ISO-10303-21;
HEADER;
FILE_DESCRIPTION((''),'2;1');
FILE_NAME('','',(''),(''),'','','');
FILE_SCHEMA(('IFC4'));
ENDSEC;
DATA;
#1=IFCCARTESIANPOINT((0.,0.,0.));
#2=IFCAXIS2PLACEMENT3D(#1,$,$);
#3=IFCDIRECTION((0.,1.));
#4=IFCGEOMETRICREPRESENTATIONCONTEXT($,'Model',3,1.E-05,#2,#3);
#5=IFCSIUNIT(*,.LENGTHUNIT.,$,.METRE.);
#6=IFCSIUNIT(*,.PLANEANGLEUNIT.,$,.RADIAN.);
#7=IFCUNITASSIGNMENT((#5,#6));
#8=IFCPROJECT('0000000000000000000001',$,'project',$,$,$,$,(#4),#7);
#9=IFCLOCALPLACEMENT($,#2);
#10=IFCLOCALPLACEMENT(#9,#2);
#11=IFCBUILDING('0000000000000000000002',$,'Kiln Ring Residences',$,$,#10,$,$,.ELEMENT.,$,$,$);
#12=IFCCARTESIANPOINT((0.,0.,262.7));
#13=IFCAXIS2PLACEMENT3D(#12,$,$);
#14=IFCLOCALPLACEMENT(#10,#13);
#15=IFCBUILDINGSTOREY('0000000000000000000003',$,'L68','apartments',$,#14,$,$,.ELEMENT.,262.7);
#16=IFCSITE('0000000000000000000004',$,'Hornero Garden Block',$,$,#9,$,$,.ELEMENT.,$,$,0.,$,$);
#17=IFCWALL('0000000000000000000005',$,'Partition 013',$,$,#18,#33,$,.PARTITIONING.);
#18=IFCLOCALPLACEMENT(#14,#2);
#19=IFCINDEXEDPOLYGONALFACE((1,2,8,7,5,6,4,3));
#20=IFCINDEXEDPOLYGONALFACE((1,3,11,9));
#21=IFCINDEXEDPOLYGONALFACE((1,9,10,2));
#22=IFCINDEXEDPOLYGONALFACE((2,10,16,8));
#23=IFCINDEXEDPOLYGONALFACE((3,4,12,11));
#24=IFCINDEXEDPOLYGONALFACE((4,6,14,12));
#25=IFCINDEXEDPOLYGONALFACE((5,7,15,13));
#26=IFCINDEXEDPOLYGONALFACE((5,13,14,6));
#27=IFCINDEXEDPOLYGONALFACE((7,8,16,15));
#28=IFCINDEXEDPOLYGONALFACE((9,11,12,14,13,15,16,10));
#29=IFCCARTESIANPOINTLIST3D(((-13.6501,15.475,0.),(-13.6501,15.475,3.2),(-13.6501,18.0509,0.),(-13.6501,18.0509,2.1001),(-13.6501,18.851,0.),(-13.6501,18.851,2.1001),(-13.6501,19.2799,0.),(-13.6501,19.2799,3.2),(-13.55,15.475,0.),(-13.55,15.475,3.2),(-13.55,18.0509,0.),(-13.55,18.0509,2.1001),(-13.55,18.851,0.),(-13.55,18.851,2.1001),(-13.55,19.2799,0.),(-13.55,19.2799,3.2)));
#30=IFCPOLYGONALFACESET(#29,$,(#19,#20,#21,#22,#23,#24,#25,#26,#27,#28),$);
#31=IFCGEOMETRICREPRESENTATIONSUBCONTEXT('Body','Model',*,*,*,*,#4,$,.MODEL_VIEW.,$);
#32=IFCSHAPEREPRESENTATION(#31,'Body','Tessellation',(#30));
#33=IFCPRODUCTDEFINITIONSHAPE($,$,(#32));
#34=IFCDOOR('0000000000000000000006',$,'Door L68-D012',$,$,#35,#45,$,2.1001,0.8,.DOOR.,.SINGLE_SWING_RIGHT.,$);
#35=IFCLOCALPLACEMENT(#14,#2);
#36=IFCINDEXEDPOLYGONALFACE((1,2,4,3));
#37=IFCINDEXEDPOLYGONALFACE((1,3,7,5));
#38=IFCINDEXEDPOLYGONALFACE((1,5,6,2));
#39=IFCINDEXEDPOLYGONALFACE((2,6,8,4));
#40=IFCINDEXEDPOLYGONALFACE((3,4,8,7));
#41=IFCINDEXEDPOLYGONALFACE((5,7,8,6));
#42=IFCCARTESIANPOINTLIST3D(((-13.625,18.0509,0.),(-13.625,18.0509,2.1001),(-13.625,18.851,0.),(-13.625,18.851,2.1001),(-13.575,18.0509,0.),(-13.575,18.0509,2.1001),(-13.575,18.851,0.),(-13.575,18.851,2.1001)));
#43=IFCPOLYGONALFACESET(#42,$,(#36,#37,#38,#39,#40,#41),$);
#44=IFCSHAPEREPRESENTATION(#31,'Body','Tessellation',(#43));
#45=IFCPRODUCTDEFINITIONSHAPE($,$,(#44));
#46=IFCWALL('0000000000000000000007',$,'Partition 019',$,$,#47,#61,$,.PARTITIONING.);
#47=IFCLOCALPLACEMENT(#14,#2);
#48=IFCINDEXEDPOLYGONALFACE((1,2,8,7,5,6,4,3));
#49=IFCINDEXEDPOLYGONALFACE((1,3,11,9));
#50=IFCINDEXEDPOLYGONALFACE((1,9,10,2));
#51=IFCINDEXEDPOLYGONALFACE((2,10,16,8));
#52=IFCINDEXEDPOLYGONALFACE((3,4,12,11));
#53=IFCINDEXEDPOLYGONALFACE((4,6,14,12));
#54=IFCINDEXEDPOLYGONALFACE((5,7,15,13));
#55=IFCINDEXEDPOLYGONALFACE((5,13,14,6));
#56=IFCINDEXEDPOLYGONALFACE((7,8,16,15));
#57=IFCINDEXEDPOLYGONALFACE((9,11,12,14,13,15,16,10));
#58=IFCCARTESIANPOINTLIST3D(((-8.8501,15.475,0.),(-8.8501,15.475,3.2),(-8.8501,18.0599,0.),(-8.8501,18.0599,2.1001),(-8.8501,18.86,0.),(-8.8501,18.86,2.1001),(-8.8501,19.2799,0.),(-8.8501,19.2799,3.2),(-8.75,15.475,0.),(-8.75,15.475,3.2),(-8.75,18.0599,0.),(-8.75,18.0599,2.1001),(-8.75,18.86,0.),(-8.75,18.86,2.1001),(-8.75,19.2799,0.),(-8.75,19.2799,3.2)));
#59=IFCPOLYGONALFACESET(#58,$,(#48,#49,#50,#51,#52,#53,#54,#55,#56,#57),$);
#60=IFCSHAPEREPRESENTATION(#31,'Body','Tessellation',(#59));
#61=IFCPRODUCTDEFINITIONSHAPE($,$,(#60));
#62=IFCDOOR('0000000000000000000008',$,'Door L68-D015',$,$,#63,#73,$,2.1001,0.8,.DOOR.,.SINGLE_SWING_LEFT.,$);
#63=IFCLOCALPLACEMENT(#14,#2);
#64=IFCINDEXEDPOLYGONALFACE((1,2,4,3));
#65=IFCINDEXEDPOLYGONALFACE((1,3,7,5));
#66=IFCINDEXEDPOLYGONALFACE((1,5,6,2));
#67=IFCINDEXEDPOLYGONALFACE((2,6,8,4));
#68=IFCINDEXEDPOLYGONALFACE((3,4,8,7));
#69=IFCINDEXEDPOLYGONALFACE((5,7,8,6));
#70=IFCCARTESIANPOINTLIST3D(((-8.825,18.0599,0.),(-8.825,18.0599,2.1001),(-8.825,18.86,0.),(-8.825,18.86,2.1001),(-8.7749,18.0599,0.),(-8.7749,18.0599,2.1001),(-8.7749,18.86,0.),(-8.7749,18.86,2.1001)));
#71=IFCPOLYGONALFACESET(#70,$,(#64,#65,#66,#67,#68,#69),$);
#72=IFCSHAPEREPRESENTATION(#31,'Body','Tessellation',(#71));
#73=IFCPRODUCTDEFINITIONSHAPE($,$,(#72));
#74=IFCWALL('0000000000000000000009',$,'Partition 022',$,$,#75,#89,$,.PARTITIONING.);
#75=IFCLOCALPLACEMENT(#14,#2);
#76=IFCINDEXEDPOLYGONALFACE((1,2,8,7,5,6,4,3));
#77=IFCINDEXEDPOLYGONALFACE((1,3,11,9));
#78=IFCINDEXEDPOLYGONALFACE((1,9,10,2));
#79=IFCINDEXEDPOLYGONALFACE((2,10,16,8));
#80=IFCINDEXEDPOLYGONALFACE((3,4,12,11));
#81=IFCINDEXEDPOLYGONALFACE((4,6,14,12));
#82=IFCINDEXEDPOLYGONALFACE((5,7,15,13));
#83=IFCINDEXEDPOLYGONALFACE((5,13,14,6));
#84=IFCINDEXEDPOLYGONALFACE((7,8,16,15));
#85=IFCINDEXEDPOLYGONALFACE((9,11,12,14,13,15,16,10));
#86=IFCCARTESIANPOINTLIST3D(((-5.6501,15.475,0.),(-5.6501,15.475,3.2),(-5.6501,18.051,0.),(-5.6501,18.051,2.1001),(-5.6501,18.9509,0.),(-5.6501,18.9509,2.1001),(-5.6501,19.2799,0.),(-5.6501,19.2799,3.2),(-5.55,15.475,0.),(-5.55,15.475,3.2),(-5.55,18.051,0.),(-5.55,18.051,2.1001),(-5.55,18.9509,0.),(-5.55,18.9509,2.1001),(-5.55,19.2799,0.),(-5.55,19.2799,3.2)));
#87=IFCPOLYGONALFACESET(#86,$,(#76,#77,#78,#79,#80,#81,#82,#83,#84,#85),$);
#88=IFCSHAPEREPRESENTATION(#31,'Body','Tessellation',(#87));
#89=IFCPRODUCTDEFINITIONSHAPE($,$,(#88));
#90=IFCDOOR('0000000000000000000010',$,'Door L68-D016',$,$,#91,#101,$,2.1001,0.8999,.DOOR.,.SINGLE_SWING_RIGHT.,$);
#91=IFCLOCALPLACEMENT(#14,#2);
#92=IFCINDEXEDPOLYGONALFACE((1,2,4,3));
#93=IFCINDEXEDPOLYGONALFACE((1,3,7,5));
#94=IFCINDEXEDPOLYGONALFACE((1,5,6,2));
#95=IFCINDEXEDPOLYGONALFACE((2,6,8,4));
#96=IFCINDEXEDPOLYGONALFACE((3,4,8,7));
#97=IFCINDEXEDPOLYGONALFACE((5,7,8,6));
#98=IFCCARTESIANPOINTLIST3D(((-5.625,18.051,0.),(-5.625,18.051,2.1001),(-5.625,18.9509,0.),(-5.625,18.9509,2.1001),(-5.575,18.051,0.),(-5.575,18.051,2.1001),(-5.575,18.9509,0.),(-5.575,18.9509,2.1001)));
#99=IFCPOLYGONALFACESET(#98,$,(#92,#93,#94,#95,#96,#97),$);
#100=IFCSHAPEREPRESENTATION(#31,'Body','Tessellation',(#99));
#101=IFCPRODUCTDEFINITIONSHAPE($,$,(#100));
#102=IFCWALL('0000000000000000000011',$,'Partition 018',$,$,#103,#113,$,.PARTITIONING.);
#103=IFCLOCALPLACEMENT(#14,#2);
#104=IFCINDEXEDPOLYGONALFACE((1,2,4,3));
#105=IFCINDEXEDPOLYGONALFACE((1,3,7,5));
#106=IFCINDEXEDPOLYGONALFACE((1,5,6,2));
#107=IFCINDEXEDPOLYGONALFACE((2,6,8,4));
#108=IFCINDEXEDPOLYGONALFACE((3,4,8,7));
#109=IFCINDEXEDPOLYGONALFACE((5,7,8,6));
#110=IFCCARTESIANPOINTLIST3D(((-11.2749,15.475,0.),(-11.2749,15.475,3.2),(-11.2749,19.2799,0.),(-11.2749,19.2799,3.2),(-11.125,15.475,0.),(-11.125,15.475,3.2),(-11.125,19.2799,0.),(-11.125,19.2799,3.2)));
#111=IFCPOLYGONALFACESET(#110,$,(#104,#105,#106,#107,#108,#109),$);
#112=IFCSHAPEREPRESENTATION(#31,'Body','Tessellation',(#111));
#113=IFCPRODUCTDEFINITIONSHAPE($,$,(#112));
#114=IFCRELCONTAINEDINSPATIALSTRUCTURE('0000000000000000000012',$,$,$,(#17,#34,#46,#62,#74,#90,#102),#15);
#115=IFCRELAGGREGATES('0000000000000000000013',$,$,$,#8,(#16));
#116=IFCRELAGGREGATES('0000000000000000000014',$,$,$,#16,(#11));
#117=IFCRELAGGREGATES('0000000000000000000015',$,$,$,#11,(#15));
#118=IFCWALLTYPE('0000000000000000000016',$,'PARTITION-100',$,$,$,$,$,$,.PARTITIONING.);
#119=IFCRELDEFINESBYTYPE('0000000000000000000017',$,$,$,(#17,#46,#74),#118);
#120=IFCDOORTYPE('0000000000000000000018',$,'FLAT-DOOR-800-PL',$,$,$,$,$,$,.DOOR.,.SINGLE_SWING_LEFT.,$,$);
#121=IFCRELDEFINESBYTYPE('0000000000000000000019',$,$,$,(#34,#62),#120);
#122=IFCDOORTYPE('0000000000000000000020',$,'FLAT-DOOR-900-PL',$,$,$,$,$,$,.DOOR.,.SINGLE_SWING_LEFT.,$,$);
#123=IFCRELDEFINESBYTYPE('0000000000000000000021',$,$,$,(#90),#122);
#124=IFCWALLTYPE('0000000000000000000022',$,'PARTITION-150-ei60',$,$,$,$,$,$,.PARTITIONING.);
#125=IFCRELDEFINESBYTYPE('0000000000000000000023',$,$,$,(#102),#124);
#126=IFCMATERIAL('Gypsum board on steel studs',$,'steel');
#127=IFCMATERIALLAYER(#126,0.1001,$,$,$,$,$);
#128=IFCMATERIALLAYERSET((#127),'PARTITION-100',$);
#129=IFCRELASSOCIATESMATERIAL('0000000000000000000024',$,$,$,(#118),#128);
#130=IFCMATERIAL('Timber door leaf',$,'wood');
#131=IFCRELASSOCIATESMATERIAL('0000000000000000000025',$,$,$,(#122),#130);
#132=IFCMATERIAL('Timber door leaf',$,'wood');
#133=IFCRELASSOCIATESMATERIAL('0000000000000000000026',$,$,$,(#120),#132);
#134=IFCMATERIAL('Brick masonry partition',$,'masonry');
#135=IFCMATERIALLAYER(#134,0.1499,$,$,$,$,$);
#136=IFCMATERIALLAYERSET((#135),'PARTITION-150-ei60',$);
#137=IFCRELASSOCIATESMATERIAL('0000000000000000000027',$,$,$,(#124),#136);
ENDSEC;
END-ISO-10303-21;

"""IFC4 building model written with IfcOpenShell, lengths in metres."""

from ifc_helpers import new_model, si_unit, direction, frame, frame_2d, origin, place, context, subcontext, project, spatial, rectangle, extrude, material, layer, layer_set, type_object, element, fill, save


model = new_model("IFC4")

# Units and contexts
model_context = context("Model", 3, precision=1e-05, world=origin(), true_north=direction((0.0, 1.0)))
body_context = subcontext(model_context, "Body", "Model", "MODEL_VIEW")
ifc_project = project(units=[si_unit("LENGTHUNIT", "METRE"), si_unit("PLANEANGLEUNIT", "RADIAN")], contexts=[model_context])

# Site, building, storey
site_placement = place(None, origin())
site = spatial("IfcSite", under=ifc_project, at=site_placement, Name="Hornero Garden Block", CompositionType="ELEMENT", RefElevation=0.0)
building_placement = place(site_placement, origin())
building = spatial("IfcBuilding", under=site, at=building_placement, Name="Kiln Ring Residences", CompositionType="ELEMENT")
storey_placement = place(building_placement, frame((0.0, 0.0, 262.7)))
storey = spatial("IfcBuildingStorey", under=building, at=storey_placement, Name="L68", Description="apartments", CompositionType="ELEMENT", Elevation=262.7)

# Walls, openings, doors
ifc_material_1 = material(Name="Gypsum board on steel studs", Category="steel")
ifc_layer_1 = layer(ifc_material_1, 0.1001)
ifc_layer_set_1 = layer_set([ifc_layer_1], Name="PARTITION-100")
wall_type_1 = type_object("IfcWallType", Name="PARTITION-100", PredefinedType="PARTITIONING", material=ifc_layer_set_1)
ifc_material_2 = material(Name="Timber door leaf", Category="wood")
door_type_1 = type_object("IfcDoorType", Name="FLAT-DOOR-900-PL", OperationType="SINGLE_SWING_LEFT", PredefinedType="DOOR", material=ifc_material_2)
wall_1_placement = place(storey_placement, frame((-13.6001, 15.4751, 0.0), z_axis=(0.0, 0.0, 1.0), x_axis=(0.0, 1.0, 0.0)))
wall_1 = element("IfcWall", 1, at=wall_1_placement, inside=storey, type_object=wall_type_1, Name="Partition 013", PredefinedType="PARTITIONING", context=body_context, shape_type="SweptSolid", body=[
    extrude(rectangle(XDim=3.8049, YDim=0.1001, at=frame_2d((1.9023, 0.0))), origin(), (0.0, 0.0, 1.0), 3.2),
])
opening_1_placement = place(wall_1_placement, frame((2.5759, 0.0, 0.0)))
opening_1 = element("IfcOpeningElement", 2, at=opening_1_placement, cuts=wall_1, PredefinedType="OPENING", context=body_context, shape_type="SweptSolid", body=[
    extrude(rectangle(XDim=0.8, YDim=2.1001, at=frame_2d((0.3999, 1.05))), frame((0.0, 0.0601, 0.0), z_axis=(0.0, -1.0, 0.0), x_axis=(1.0, 0.0, 0.0)), (0.0, 0.0, 1.0), 0.1201),
])
ifc_material_3 = material(Name="Timber door leaf", Category="wood")
door_type_2 = type_object("IfcDoorType", Name="FLAT-DOOR-800-PL", OperationType="SINGLE_SWING_LEFT", PredefinedType="DOOR", material=ifc_material_3)
door_1_placement = place(opening_1_placement, origin())
door_1 = element("IfcDoor", 3, at=door_1_placement, inside=storey, type_object=door_type_2, Name="Door L68-D012", OperationType="SINGLE_SWING_RIGHT", OverallHeight=2.1001, OverallWidth=0.8, PredefinedType="DOOR", context=body_context, shape_type="SweptSolid", body=[
    extrude(rectangle(XDim=0.8, YDim=2.1001, at=frame_2d((0.3999, 1.05))), frame((0.0, 0.0249, 0.0), z_axis=(0.0, -1.0, 0.0), x_axis=(1.0, 0.0, 0.0)), (0.0, 0.0, 1.0), 0.05),
])
fill(opening_1, door_1)
wall_2_placement = place(storey_placement, frame((-8.8, 15.4751, 0.0), z_axis=(0.0, 0.0, 1.0), x_axis=(0.0, 1.0, 0.0)))
wall_2 = element("IfcWall", 4, at=wall_2_placement, inside=storey, type_object=wall_type_1, Name="Partition 019", PredefinedType="PARTITIONING", context=body_context, shape_type="SweptSolid", body=[
    extrude(rectangle(XDim=3.8049, YDim=0.1001, at=frame_2d((1.9023, 0.0))), origin(), (0.0, 0.0, 1.0), 3.2),
])
opening_2_placement = place(wall_2_placement, frame((2.585, 0.0, 0.0)))
opening_2 = element("IfcOpeningElement", 5, at=opening_2_placement, cuts=wall_2, PredefinedType="OPENING", context=body_context, shape_type="SweptSolid", body=[
    extrude(rectangle(XDim=0.8, YDim=2.1001, at=frame_2d((0.3999, 1.05))), frame((0.0, 0.0601, 0.0), z_axis=(0.0, -1.0, 0.0), x_axis=(1.0, 0.0, 0.0)), (0.0, 0.0, 1.0), 0.1201),
])
door_2_placement = place(opening_2_placement, origin())
door_2 = element("IfcDoor", 6, at=door_2_placement, inside=storey, type_object=door_type_2, Name="Door L68-D015", OperationType="SINGLE_SWING_LEFT", OverallHeight=2.1001, OverallWidth=0.8, PredefinedType="DOOR", context=body_context, shape_type="SweptSolid", body=[
    extrude(rectangle(XDim=0.8, YDim=2.1001, at=frame_2d((0.3999, 1.05))), frame((0.0, 0.0249, 0.0), z_axis=(0.0, -1.0, 0.0), x_axis=(1.0, 0.0, 0.0)), (0.0, 0.0, 1.0), 0.05),
])
fill(opening_2, door_2)
wall_3_placement = place(storey_placement, frame((-5.6001, 15.4751, 0.0), z_axis=(0.0, 0.0, 1.0), x_axis=(0.0, 1.0, 0.0)))
wall_3 = element("IfcWall", 7, at=wall_3_placement, inside=storey, type_object=wall_type_1, Name="Partition 022", PredefinedType="PARTITIONING", context=body_context, shape_type="SweptSolid", body=[
    extrude(rectangle(XDim=3.8049, YDim=0.1001, at=frame_2d((1.9023, 0.0))), origin(), (0.0, 0.0, 1.0), 3.2),
])
opening_3_placement = place(wall_3_placement, frame((2.5759, 0.0, 0.0)))
opening_3 = element("IfcOpeningElement", 8, at=opening_3_placement, cuts=wall_3, PredefinedType="OPENING", context=body_context, shape_type="SweptSolid", body=[
    extrude(rectangle(XDim=0.8999, YDim=2.1001, at=frame_2d((0.45, 1.05))), frame((0.0, 0.0601, 0.0), z_axis=(0.0, -1.0, 0.0), x_axis=(1.0, 0.0, 0.0)), (0.0, 0.0, 1.0), 0.1201),
])
door_3_placement = place(opening_3_placement, origin())
door_3 = element("IfcDoor", 9, at=door_3_placement, inside=storey, type_object=door_type_1, Name="Door L68-D016", OperationType="SINGLE_SWING_RIGHT", OverallHeight=2.1001, OverallWidth=0.8999, PredefinedType="DOOR", context=body_context, shape_type="SweptSolid", body=[
    extrude(rectangle(XDim=0.8999, YDim=2.1001, at=frame_2d((0.45, 1.05))), frame((0.0, 0.0249, 0.0), z_axis=(0.0, -1.0, 0.0), x_axis=(1.0, 0.0, 0.0)), (0.0, 0.0, 1.0), 0.05),
])
fill(opening_3, door_3)

# Wall
ifc_material_4 = material(Name="Brick masonry partition", Category="masonry")
ifc_layer_2 = layer(ifc_material_4, 0.1499)
ifc_layer_set_2 = layer_set([ifc_layer_2], Name="PARTITION-150-ei60")
wall_type_2 = type_object("IfcWallType", Name="PARTITION-150-ei60", PredefinedType="PARTITIONING", material=ifc_layer_set_2)
wall_4_placement = place(storey_placement, frame((-11.2, 15.4751, 0.0), z_axis=(0.0, 0.0, 1.0), x_axis=(0.0, 1.0, 0.0)))
element("IfcWall", 10, at=wall_4_placement, inside=storey, type_object=wall_type_2, Name="Partition 018", PredefinedType="PARTITIONING", context=body_context, shape_type="SweptSolid", body=[
    extrude(rectangle(XDim=3.8049, YDim=0.1499, at=frame_2d((1.9023, 0.0))), origin(), (0.0, 0.0, 1.0), 3.2),
])

save(model, "model.ifc")
